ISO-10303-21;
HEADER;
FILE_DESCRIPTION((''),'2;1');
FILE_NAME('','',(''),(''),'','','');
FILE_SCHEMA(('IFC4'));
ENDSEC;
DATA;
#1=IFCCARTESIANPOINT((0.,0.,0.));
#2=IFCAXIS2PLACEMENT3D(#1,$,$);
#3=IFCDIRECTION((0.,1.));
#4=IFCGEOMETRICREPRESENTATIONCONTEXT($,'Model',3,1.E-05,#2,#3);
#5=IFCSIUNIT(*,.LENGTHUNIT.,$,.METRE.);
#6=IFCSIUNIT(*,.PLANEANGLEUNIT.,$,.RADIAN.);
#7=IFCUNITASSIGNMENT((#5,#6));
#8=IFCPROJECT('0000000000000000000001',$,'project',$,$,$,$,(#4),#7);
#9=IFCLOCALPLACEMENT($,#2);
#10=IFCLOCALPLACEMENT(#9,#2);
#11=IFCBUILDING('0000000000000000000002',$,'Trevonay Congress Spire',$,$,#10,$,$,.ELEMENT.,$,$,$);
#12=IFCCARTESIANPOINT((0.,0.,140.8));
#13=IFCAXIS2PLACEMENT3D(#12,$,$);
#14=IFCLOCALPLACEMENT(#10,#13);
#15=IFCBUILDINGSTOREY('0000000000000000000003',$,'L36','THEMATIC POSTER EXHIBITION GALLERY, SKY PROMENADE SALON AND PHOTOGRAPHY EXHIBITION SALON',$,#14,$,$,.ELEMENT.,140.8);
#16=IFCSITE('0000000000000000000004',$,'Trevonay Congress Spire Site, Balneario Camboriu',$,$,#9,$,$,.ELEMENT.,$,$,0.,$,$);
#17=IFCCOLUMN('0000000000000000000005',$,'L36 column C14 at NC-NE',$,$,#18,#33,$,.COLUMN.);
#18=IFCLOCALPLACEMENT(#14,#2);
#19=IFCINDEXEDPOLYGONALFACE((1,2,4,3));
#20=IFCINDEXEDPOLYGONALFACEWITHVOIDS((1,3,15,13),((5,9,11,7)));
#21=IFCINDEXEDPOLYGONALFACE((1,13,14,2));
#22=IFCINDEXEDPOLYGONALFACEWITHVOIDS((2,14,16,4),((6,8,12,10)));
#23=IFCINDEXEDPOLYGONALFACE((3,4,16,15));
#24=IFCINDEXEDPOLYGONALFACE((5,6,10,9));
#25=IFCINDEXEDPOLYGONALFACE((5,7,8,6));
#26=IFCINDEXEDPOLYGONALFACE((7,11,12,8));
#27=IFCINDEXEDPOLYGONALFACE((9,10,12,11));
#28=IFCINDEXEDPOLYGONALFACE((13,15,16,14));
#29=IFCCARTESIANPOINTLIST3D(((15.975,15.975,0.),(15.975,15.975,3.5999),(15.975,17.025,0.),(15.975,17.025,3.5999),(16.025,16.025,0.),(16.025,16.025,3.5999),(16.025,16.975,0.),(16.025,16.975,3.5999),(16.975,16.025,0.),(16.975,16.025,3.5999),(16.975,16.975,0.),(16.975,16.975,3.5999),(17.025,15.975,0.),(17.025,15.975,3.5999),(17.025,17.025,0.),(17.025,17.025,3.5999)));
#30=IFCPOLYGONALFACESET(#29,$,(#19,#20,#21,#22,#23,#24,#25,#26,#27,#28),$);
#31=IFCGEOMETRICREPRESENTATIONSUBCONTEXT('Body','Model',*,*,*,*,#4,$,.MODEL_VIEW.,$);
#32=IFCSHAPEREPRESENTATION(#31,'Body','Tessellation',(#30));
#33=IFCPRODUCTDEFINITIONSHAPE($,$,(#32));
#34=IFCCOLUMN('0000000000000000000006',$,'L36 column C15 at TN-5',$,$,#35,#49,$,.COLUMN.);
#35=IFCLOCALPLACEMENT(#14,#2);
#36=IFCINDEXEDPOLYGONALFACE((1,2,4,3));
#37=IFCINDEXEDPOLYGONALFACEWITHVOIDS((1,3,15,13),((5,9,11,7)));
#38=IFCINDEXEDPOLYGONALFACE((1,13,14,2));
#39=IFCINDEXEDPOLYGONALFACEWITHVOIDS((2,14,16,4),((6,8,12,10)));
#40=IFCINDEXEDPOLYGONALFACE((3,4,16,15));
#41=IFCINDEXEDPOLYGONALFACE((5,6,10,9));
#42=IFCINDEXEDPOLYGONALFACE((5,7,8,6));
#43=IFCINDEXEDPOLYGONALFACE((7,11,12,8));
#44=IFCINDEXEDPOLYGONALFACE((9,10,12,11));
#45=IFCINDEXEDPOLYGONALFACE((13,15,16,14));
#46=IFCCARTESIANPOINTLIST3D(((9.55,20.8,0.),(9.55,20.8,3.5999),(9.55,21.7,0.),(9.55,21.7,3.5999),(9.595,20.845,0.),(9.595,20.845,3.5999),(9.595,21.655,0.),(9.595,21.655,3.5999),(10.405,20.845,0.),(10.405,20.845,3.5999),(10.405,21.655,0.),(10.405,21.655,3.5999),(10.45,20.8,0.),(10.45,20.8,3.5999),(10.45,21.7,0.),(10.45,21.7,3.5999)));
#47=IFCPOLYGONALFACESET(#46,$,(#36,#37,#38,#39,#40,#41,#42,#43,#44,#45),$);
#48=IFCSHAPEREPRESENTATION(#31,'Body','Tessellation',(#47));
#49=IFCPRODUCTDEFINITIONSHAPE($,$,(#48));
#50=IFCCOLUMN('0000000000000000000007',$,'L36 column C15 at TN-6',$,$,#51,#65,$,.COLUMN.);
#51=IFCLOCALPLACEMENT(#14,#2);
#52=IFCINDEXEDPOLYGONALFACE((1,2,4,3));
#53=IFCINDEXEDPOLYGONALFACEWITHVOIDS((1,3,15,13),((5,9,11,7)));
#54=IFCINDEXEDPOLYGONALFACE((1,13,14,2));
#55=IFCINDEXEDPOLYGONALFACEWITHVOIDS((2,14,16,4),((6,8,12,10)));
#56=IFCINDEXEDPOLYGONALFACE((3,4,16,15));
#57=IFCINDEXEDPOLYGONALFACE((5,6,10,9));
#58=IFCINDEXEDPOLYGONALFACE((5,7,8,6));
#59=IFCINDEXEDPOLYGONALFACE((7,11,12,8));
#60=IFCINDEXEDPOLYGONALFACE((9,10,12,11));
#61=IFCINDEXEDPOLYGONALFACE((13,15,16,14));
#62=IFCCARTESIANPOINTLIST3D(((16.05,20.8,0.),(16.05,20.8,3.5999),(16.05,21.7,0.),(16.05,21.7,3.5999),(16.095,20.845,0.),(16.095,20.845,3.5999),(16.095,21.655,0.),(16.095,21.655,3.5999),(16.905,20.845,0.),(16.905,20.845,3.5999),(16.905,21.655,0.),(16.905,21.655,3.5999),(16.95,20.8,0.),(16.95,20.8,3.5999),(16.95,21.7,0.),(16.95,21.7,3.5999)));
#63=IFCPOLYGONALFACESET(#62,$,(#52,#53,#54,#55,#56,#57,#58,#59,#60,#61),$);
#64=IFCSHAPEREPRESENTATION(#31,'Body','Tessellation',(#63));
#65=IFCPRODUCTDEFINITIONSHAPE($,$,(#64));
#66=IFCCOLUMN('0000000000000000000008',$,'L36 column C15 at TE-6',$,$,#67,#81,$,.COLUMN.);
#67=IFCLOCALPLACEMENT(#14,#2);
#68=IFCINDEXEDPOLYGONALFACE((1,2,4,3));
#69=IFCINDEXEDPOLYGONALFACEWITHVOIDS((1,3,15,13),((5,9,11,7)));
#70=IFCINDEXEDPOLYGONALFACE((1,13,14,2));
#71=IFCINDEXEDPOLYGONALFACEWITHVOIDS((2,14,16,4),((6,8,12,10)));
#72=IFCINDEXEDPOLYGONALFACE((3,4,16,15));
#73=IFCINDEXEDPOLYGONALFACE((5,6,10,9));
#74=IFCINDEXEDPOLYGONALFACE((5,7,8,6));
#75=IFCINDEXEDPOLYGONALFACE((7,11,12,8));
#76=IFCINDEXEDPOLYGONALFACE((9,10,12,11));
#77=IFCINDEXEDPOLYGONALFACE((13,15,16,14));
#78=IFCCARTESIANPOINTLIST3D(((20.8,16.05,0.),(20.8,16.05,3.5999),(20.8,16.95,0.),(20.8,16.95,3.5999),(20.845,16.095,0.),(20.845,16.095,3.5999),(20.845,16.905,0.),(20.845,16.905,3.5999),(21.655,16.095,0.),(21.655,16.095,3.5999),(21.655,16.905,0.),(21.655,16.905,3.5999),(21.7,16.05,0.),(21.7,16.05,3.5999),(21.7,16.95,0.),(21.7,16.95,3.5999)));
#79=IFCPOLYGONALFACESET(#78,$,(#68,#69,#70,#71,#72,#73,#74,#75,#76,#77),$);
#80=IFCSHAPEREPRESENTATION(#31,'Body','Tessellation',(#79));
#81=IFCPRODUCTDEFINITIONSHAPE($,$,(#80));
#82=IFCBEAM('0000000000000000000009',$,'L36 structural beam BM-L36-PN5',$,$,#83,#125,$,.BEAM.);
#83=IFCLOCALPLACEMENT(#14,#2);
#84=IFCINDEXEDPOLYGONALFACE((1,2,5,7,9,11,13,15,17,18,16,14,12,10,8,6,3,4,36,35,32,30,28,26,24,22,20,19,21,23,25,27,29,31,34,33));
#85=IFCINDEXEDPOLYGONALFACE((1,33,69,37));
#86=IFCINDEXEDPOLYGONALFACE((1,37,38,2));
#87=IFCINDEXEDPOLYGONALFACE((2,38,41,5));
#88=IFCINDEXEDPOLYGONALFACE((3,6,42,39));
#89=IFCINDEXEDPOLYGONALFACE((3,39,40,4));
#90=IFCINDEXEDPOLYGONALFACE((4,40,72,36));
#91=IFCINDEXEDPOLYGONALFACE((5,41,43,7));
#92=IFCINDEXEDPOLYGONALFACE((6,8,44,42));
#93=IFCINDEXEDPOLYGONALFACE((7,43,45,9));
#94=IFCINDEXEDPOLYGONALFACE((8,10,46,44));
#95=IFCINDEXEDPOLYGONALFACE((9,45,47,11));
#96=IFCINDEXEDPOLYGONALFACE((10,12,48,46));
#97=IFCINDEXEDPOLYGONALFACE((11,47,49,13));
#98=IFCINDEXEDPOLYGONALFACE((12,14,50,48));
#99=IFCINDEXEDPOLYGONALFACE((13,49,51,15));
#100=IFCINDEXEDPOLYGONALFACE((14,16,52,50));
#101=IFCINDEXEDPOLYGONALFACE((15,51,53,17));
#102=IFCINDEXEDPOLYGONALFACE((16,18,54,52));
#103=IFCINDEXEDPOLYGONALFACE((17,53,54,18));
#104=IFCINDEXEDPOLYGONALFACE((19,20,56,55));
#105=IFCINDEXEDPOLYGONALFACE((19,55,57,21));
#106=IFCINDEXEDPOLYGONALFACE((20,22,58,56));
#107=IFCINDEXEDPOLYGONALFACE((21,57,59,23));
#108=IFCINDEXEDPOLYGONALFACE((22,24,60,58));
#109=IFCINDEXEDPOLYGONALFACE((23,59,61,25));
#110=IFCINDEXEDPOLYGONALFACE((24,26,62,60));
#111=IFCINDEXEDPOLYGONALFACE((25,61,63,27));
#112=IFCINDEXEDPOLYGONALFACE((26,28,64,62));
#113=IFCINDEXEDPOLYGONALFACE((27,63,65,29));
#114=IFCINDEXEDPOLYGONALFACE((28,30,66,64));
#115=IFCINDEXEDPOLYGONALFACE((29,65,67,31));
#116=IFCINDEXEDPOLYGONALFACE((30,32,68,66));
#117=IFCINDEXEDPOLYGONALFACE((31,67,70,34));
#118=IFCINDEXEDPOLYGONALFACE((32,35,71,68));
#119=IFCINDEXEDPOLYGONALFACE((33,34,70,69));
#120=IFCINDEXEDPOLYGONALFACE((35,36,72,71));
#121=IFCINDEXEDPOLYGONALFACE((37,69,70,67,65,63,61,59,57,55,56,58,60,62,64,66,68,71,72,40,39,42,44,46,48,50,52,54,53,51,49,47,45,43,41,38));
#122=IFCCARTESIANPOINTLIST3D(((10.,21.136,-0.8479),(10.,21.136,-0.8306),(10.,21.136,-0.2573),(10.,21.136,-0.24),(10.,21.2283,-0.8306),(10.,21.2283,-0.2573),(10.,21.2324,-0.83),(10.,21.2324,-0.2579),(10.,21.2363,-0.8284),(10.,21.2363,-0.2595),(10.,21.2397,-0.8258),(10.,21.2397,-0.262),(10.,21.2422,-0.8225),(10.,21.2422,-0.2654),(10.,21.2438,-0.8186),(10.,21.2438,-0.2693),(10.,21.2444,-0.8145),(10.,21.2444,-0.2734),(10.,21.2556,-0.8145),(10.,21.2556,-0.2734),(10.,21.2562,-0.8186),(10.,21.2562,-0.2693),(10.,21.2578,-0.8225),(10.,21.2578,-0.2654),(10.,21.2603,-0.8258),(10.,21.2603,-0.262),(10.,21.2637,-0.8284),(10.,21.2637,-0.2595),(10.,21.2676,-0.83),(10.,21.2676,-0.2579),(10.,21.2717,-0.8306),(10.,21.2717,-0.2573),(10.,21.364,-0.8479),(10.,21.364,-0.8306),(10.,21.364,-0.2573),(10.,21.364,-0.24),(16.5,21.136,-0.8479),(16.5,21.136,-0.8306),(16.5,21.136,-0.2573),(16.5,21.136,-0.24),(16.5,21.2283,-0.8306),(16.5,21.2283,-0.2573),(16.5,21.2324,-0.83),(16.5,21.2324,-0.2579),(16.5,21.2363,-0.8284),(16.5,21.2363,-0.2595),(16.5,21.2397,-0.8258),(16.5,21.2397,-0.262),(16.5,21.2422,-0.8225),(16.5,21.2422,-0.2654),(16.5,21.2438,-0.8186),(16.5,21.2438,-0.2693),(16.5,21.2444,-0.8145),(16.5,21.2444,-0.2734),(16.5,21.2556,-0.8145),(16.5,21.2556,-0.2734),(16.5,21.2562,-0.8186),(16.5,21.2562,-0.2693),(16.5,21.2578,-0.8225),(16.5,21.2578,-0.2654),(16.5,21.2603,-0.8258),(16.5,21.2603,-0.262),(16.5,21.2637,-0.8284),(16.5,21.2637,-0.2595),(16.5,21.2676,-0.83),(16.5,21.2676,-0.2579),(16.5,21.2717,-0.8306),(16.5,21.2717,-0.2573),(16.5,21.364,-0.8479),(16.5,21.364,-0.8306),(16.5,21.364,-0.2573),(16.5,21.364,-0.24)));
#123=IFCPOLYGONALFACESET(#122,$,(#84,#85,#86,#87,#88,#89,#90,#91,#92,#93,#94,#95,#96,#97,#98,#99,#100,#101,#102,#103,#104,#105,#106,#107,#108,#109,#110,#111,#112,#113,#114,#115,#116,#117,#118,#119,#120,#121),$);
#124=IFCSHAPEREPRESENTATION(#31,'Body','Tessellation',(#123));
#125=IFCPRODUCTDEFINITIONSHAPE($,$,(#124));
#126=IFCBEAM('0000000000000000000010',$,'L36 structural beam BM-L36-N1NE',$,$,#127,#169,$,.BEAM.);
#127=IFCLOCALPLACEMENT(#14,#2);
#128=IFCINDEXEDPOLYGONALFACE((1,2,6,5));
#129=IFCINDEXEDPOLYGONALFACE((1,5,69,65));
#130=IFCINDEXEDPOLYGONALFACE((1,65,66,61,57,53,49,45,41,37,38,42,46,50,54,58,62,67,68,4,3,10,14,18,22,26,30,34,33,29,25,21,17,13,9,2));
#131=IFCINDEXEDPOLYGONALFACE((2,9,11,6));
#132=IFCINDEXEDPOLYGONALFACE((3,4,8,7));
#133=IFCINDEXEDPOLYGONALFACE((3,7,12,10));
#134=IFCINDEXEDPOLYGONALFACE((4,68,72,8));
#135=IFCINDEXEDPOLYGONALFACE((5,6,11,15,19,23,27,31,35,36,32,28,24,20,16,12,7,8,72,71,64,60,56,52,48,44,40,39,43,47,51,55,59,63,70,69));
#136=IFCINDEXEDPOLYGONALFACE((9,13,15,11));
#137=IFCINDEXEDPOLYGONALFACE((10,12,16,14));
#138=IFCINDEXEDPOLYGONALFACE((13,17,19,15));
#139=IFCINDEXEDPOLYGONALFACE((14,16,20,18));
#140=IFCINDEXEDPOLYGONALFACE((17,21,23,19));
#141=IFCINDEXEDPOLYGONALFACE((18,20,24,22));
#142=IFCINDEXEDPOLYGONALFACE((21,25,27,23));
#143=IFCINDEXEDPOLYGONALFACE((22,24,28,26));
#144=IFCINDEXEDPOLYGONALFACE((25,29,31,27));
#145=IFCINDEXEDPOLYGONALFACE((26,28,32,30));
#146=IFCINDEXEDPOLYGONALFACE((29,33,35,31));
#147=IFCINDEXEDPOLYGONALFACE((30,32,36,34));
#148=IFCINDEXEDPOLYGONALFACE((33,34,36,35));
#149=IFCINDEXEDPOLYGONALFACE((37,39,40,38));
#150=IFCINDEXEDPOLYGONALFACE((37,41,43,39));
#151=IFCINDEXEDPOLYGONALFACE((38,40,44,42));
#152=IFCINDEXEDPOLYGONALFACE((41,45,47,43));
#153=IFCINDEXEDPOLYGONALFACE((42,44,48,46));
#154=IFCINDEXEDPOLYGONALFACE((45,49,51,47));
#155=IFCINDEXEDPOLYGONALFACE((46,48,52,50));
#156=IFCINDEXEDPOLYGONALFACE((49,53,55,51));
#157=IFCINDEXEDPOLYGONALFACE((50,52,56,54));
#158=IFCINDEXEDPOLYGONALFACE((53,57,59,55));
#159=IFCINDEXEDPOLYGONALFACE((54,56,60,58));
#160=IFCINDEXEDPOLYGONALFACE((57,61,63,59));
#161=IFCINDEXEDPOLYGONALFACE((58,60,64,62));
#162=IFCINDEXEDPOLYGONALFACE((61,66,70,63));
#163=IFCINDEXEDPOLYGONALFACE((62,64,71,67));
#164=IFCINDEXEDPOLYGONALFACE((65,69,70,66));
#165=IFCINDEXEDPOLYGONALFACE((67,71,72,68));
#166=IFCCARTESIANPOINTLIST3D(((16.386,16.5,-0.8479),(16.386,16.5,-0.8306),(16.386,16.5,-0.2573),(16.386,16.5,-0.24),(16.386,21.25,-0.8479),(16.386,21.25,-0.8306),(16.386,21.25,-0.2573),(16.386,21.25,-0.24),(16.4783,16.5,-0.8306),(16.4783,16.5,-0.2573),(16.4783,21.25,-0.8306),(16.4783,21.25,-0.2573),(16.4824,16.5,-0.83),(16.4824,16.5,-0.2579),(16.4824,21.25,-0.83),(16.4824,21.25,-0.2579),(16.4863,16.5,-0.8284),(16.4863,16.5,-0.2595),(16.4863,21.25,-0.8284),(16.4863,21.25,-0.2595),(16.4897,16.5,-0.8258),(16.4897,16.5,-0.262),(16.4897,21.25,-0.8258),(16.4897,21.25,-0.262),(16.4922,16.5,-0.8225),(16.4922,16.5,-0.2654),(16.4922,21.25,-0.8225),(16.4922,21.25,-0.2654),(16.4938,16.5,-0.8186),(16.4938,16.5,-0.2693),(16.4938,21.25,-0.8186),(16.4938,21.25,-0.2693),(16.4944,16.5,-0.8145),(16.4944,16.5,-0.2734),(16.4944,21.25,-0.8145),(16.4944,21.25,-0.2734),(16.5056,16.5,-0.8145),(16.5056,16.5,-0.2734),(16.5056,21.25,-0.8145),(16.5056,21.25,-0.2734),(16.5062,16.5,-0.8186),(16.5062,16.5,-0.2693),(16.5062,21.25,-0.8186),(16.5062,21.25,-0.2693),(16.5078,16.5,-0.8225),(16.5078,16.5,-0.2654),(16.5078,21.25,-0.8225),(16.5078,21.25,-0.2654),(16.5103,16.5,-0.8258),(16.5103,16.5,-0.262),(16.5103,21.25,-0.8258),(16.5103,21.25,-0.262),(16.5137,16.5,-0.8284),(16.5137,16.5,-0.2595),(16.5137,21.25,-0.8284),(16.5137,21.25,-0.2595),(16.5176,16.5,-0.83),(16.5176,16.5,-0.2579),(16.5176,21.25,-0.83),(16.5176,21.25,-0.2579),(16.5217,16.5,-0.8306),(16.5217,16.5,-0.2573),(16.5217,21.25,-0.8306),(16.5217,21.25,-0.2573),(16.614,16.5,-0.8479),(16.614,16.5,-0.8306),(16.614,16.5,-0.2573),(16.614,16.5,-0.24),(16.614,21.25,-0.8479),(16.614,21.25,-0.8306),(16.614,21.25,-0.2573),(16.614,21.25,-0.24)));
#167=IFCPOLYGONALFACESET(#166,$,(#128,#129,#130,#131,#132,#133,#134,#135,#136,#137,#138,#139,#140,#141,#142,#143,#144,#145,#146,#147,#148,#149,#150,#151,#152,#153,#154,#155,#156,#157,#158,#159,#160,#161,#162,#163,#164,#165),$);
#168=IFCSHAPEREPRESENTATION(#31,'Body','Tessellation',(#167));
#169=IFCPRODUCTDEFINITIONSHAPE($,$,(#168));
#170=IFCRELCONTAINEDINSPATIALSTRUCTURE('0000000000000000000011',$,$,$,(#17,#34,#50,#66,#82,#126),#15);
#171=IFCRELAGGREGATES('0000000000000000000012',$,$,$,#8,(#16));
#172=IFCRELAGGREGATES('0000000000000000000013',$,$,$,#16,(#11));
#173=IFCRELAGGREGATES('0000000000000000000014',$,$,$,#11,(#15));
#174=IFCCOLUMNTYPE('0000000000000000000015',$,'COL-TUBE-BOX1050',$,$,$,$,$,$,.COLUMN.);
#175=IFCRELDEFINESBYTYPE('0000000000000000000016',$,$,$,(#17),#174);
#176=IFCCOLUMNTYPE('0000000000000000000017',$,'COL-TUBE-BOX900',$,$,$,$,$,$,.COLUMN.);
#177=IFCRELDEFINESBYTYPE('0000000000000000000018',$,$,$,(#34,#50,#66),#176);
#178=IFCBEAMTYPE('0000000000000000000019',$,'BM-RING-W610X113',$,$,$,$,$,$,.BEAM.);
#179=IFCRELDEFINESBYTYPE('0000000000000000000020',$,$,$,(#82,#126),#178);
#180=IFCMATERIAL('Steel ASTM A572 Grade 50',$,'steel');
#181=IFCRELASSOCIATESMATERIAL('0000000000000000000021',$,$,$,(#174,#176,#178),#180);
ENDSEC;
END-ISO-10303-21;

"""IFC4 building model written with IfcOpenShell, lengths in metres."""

from ifc_helpers import new_model, si_unit, direction, frame, origin, origin_2d, place, context, subcontext, project, spatial, hollow_rectangle, i_section, extrude, material, material_profile, profile_set, type_object, element, save


model = new_model("IFC4")

# Units and contexts
model_context = context("Model", 3, precision=1e-05, world=origin(), true_north=direction((0.0, 1.0)))
body_context = subcontext(model_context, "Body", "Model", "MODEL_VIEW")
ifc_project = project(units=[si_unit("LENGTHUNIT", "METRE"), si_unit("PLANEANGLEUNIT", "RADIAN")], contexts=[model_context])

# Site, building, storey
site_placement = place(None, origin())
site = spatial("IfcSite", under=ifc_project, at=site_placement, Name="Trevonay Congress Spire Site, Balneario Camboriu", CompositionType="ELEMENT", RefElevation=0.0)
building_placement = place(site_placement, origin())
building = spatial("IfcBuilding", under=site, at=building_placement, Name="Trevonay Congress Spire", CompositionType="ELEMENT")
storey_placement = place(building_placement, frame((0.0, 0.0, 140.8)))
storey = spatial("IfcBuildingStorey", under=building, at=storey_placement, Name="L36", Description="THEMATIC POSTER EXHIBITION GALLERY, SKY PROMENADE SALON AND PHOTOGRAPHY EXHIBITION SALON", CompositionType="ELEMENT", Elevation=140.8)

# Columns
ifc_material_1 = material(Name="Steel ASTM A572 Grade 50", Category="steel")
ifc_material_profile_1 = material_profile(ifc_material_1, hollow_rectangle(XDim=1.05, YDim=1.05, WallThickness=0.05, at=origin_2d()), Name="BOX 1050x1050x50")
ifc_profile_set_1 = profile_set([ifc_material_profile_1], Name="Steel ASTM A572 Grade 50")
column_type_1 = type_object("IfcColumnType", Name="COL-TUBE-BOX1050", PredefinedType="COLUMN", material=ifc_profile_set_1)
column_placement = place(storey_placement, frame((16.5, 16.5, 0.0), z_axis=(0.0, 0.0, 1.0), x_axis=(1.0, 0.0, 0.0)))
element("IfcColumn", 1, at=column_placement, inside=storey, type_object=column_type_1, Name="L36 column C14 at NC-NE", PredefinedType="COLUMN", context=body_context, shape_type="SweptSolid", body=[
    extrude(hollow_rectangle(XDim=1.05, YDim=1.05, WallThickness=0.05, at=origin_2d()), origin(), (0.0, 0.0, 1.0), 3.5999),
])
ifc_material_profile_2 = material_profile(ifc_material_1, hollow_rectangle(XDim=0.8999, YDim=0.8999, WallThickness=0.0449, at=origin_2d()), Name="BOX 900x900x45")
ifc_profile_set_2 = profile_set([ifc_material_profile_2], Name="Steel ASTM A572 Grade 50")
column_type_2 = type_object("IfcColumnType", Name="COL-TUBE-BOX900", PredefinedType="COLUMN", material=ifc_profile_set_2)
for number, where, z_axis, x_axis, name in (
    (2, (10.0, 21.25, 0.0), (0.0, 0.0, 1.0), (1.0, 0.0, 0.0), "L36 column C15 at TN-5"),
    (3, (16.5, 21.25, 0.0), (0.0, 0.0, 1.0), (1.0, 0.0, 0.0), "L36 column C15 at TN-6"),
    (4, (21.25, 16.5, 0.0), (0.0, 0.0, 1.0), (1.0, 0.0, 0.0), "L36 column C15 at TE-6"),
):
    element("IfcColumn", number, at=place(storey_placement, frame(where, z_axis=z_axis, x_axis=x_axis)), inside=storey, type_object=column_type_2, Name=name, PredefinedType="COLUMN", context=body_context, shape_type="SweptSolid", body=[
        extrude(hollow_rectangle(XDim=0.8999, YDim=0.8999, WallThickness=0.0449, at=origin_2d()), origin(), (0.0, 0.0, 1.0), 3.5999),
    ])

# Beams
ifc_material_profile_3 = material_profile(ifc_material_1, i_section(OverallWidth=0.228, OverallDepth=0.6079, WebThickness=0.0112, FlangeThickness=0.0173, FilletRadius=0.0161, at=origin_2d()), Name="W610x113")
ifc_profile_set_3 = profile_set([ifc_material_profile_3], Name="Steel ASTM A572 Grade 50")
beam_type = type_object("IfcBeamType", Name="BM-RING-W610X113", PredefinedType="BEAM", material=ifc_profile_set_3)
beam_placement = place(storey_placement, frame((10.0, 21.25, -0.5439), z_axis=(1.0, 0.0, 0.0), x_axis=(0.0, 1.0, 0.0)))
element("IfcBeam", 5, at=beam_placement, inside=storey, type_object=beam_type, Name="L36 structural beam BM-L36-PN5", PredefinedType="BEAM", context=body_context, shape_type="SweptSolid", body=[
    extrude(i_section(OverallWidth=0.228, OverallDepth=0.6079, WebThickness=0.0112, FlangeThickness=0.0173, FilletRadius=0.0161, at=origin_2d()), origin(), (0.0, 0.0, 1.0), 6.5),
])
for number, where, z_axis, x_axis, name in (
    (6, (16.5, 21.25, -0.5439), (0.0, -1.0, 0.0), (1.0, 0.0, 0.0), "L36 structural beam BM-L36-N1NE"),
):
    element("IfcBeam", number, at=place(storey_placement, frame(where, z_axis=z_axis, x_axis=x_axis)), inside=storey, type_object=beam_type, Name=name, PredefinedType="BEAM", context=body_context, shape_type="SweptSolid", body=[
        extrude(i_section(OverallWidth=0.228, OverallDepth=0.6079, WebThickness=0.0112, FlangeThickness=0.0173, FilletRadius=0.0161, at=origin_2d()), origin(), (0.0, 0.0, 1.0), 4.75),
    ])

save(model, "model.ifc")
